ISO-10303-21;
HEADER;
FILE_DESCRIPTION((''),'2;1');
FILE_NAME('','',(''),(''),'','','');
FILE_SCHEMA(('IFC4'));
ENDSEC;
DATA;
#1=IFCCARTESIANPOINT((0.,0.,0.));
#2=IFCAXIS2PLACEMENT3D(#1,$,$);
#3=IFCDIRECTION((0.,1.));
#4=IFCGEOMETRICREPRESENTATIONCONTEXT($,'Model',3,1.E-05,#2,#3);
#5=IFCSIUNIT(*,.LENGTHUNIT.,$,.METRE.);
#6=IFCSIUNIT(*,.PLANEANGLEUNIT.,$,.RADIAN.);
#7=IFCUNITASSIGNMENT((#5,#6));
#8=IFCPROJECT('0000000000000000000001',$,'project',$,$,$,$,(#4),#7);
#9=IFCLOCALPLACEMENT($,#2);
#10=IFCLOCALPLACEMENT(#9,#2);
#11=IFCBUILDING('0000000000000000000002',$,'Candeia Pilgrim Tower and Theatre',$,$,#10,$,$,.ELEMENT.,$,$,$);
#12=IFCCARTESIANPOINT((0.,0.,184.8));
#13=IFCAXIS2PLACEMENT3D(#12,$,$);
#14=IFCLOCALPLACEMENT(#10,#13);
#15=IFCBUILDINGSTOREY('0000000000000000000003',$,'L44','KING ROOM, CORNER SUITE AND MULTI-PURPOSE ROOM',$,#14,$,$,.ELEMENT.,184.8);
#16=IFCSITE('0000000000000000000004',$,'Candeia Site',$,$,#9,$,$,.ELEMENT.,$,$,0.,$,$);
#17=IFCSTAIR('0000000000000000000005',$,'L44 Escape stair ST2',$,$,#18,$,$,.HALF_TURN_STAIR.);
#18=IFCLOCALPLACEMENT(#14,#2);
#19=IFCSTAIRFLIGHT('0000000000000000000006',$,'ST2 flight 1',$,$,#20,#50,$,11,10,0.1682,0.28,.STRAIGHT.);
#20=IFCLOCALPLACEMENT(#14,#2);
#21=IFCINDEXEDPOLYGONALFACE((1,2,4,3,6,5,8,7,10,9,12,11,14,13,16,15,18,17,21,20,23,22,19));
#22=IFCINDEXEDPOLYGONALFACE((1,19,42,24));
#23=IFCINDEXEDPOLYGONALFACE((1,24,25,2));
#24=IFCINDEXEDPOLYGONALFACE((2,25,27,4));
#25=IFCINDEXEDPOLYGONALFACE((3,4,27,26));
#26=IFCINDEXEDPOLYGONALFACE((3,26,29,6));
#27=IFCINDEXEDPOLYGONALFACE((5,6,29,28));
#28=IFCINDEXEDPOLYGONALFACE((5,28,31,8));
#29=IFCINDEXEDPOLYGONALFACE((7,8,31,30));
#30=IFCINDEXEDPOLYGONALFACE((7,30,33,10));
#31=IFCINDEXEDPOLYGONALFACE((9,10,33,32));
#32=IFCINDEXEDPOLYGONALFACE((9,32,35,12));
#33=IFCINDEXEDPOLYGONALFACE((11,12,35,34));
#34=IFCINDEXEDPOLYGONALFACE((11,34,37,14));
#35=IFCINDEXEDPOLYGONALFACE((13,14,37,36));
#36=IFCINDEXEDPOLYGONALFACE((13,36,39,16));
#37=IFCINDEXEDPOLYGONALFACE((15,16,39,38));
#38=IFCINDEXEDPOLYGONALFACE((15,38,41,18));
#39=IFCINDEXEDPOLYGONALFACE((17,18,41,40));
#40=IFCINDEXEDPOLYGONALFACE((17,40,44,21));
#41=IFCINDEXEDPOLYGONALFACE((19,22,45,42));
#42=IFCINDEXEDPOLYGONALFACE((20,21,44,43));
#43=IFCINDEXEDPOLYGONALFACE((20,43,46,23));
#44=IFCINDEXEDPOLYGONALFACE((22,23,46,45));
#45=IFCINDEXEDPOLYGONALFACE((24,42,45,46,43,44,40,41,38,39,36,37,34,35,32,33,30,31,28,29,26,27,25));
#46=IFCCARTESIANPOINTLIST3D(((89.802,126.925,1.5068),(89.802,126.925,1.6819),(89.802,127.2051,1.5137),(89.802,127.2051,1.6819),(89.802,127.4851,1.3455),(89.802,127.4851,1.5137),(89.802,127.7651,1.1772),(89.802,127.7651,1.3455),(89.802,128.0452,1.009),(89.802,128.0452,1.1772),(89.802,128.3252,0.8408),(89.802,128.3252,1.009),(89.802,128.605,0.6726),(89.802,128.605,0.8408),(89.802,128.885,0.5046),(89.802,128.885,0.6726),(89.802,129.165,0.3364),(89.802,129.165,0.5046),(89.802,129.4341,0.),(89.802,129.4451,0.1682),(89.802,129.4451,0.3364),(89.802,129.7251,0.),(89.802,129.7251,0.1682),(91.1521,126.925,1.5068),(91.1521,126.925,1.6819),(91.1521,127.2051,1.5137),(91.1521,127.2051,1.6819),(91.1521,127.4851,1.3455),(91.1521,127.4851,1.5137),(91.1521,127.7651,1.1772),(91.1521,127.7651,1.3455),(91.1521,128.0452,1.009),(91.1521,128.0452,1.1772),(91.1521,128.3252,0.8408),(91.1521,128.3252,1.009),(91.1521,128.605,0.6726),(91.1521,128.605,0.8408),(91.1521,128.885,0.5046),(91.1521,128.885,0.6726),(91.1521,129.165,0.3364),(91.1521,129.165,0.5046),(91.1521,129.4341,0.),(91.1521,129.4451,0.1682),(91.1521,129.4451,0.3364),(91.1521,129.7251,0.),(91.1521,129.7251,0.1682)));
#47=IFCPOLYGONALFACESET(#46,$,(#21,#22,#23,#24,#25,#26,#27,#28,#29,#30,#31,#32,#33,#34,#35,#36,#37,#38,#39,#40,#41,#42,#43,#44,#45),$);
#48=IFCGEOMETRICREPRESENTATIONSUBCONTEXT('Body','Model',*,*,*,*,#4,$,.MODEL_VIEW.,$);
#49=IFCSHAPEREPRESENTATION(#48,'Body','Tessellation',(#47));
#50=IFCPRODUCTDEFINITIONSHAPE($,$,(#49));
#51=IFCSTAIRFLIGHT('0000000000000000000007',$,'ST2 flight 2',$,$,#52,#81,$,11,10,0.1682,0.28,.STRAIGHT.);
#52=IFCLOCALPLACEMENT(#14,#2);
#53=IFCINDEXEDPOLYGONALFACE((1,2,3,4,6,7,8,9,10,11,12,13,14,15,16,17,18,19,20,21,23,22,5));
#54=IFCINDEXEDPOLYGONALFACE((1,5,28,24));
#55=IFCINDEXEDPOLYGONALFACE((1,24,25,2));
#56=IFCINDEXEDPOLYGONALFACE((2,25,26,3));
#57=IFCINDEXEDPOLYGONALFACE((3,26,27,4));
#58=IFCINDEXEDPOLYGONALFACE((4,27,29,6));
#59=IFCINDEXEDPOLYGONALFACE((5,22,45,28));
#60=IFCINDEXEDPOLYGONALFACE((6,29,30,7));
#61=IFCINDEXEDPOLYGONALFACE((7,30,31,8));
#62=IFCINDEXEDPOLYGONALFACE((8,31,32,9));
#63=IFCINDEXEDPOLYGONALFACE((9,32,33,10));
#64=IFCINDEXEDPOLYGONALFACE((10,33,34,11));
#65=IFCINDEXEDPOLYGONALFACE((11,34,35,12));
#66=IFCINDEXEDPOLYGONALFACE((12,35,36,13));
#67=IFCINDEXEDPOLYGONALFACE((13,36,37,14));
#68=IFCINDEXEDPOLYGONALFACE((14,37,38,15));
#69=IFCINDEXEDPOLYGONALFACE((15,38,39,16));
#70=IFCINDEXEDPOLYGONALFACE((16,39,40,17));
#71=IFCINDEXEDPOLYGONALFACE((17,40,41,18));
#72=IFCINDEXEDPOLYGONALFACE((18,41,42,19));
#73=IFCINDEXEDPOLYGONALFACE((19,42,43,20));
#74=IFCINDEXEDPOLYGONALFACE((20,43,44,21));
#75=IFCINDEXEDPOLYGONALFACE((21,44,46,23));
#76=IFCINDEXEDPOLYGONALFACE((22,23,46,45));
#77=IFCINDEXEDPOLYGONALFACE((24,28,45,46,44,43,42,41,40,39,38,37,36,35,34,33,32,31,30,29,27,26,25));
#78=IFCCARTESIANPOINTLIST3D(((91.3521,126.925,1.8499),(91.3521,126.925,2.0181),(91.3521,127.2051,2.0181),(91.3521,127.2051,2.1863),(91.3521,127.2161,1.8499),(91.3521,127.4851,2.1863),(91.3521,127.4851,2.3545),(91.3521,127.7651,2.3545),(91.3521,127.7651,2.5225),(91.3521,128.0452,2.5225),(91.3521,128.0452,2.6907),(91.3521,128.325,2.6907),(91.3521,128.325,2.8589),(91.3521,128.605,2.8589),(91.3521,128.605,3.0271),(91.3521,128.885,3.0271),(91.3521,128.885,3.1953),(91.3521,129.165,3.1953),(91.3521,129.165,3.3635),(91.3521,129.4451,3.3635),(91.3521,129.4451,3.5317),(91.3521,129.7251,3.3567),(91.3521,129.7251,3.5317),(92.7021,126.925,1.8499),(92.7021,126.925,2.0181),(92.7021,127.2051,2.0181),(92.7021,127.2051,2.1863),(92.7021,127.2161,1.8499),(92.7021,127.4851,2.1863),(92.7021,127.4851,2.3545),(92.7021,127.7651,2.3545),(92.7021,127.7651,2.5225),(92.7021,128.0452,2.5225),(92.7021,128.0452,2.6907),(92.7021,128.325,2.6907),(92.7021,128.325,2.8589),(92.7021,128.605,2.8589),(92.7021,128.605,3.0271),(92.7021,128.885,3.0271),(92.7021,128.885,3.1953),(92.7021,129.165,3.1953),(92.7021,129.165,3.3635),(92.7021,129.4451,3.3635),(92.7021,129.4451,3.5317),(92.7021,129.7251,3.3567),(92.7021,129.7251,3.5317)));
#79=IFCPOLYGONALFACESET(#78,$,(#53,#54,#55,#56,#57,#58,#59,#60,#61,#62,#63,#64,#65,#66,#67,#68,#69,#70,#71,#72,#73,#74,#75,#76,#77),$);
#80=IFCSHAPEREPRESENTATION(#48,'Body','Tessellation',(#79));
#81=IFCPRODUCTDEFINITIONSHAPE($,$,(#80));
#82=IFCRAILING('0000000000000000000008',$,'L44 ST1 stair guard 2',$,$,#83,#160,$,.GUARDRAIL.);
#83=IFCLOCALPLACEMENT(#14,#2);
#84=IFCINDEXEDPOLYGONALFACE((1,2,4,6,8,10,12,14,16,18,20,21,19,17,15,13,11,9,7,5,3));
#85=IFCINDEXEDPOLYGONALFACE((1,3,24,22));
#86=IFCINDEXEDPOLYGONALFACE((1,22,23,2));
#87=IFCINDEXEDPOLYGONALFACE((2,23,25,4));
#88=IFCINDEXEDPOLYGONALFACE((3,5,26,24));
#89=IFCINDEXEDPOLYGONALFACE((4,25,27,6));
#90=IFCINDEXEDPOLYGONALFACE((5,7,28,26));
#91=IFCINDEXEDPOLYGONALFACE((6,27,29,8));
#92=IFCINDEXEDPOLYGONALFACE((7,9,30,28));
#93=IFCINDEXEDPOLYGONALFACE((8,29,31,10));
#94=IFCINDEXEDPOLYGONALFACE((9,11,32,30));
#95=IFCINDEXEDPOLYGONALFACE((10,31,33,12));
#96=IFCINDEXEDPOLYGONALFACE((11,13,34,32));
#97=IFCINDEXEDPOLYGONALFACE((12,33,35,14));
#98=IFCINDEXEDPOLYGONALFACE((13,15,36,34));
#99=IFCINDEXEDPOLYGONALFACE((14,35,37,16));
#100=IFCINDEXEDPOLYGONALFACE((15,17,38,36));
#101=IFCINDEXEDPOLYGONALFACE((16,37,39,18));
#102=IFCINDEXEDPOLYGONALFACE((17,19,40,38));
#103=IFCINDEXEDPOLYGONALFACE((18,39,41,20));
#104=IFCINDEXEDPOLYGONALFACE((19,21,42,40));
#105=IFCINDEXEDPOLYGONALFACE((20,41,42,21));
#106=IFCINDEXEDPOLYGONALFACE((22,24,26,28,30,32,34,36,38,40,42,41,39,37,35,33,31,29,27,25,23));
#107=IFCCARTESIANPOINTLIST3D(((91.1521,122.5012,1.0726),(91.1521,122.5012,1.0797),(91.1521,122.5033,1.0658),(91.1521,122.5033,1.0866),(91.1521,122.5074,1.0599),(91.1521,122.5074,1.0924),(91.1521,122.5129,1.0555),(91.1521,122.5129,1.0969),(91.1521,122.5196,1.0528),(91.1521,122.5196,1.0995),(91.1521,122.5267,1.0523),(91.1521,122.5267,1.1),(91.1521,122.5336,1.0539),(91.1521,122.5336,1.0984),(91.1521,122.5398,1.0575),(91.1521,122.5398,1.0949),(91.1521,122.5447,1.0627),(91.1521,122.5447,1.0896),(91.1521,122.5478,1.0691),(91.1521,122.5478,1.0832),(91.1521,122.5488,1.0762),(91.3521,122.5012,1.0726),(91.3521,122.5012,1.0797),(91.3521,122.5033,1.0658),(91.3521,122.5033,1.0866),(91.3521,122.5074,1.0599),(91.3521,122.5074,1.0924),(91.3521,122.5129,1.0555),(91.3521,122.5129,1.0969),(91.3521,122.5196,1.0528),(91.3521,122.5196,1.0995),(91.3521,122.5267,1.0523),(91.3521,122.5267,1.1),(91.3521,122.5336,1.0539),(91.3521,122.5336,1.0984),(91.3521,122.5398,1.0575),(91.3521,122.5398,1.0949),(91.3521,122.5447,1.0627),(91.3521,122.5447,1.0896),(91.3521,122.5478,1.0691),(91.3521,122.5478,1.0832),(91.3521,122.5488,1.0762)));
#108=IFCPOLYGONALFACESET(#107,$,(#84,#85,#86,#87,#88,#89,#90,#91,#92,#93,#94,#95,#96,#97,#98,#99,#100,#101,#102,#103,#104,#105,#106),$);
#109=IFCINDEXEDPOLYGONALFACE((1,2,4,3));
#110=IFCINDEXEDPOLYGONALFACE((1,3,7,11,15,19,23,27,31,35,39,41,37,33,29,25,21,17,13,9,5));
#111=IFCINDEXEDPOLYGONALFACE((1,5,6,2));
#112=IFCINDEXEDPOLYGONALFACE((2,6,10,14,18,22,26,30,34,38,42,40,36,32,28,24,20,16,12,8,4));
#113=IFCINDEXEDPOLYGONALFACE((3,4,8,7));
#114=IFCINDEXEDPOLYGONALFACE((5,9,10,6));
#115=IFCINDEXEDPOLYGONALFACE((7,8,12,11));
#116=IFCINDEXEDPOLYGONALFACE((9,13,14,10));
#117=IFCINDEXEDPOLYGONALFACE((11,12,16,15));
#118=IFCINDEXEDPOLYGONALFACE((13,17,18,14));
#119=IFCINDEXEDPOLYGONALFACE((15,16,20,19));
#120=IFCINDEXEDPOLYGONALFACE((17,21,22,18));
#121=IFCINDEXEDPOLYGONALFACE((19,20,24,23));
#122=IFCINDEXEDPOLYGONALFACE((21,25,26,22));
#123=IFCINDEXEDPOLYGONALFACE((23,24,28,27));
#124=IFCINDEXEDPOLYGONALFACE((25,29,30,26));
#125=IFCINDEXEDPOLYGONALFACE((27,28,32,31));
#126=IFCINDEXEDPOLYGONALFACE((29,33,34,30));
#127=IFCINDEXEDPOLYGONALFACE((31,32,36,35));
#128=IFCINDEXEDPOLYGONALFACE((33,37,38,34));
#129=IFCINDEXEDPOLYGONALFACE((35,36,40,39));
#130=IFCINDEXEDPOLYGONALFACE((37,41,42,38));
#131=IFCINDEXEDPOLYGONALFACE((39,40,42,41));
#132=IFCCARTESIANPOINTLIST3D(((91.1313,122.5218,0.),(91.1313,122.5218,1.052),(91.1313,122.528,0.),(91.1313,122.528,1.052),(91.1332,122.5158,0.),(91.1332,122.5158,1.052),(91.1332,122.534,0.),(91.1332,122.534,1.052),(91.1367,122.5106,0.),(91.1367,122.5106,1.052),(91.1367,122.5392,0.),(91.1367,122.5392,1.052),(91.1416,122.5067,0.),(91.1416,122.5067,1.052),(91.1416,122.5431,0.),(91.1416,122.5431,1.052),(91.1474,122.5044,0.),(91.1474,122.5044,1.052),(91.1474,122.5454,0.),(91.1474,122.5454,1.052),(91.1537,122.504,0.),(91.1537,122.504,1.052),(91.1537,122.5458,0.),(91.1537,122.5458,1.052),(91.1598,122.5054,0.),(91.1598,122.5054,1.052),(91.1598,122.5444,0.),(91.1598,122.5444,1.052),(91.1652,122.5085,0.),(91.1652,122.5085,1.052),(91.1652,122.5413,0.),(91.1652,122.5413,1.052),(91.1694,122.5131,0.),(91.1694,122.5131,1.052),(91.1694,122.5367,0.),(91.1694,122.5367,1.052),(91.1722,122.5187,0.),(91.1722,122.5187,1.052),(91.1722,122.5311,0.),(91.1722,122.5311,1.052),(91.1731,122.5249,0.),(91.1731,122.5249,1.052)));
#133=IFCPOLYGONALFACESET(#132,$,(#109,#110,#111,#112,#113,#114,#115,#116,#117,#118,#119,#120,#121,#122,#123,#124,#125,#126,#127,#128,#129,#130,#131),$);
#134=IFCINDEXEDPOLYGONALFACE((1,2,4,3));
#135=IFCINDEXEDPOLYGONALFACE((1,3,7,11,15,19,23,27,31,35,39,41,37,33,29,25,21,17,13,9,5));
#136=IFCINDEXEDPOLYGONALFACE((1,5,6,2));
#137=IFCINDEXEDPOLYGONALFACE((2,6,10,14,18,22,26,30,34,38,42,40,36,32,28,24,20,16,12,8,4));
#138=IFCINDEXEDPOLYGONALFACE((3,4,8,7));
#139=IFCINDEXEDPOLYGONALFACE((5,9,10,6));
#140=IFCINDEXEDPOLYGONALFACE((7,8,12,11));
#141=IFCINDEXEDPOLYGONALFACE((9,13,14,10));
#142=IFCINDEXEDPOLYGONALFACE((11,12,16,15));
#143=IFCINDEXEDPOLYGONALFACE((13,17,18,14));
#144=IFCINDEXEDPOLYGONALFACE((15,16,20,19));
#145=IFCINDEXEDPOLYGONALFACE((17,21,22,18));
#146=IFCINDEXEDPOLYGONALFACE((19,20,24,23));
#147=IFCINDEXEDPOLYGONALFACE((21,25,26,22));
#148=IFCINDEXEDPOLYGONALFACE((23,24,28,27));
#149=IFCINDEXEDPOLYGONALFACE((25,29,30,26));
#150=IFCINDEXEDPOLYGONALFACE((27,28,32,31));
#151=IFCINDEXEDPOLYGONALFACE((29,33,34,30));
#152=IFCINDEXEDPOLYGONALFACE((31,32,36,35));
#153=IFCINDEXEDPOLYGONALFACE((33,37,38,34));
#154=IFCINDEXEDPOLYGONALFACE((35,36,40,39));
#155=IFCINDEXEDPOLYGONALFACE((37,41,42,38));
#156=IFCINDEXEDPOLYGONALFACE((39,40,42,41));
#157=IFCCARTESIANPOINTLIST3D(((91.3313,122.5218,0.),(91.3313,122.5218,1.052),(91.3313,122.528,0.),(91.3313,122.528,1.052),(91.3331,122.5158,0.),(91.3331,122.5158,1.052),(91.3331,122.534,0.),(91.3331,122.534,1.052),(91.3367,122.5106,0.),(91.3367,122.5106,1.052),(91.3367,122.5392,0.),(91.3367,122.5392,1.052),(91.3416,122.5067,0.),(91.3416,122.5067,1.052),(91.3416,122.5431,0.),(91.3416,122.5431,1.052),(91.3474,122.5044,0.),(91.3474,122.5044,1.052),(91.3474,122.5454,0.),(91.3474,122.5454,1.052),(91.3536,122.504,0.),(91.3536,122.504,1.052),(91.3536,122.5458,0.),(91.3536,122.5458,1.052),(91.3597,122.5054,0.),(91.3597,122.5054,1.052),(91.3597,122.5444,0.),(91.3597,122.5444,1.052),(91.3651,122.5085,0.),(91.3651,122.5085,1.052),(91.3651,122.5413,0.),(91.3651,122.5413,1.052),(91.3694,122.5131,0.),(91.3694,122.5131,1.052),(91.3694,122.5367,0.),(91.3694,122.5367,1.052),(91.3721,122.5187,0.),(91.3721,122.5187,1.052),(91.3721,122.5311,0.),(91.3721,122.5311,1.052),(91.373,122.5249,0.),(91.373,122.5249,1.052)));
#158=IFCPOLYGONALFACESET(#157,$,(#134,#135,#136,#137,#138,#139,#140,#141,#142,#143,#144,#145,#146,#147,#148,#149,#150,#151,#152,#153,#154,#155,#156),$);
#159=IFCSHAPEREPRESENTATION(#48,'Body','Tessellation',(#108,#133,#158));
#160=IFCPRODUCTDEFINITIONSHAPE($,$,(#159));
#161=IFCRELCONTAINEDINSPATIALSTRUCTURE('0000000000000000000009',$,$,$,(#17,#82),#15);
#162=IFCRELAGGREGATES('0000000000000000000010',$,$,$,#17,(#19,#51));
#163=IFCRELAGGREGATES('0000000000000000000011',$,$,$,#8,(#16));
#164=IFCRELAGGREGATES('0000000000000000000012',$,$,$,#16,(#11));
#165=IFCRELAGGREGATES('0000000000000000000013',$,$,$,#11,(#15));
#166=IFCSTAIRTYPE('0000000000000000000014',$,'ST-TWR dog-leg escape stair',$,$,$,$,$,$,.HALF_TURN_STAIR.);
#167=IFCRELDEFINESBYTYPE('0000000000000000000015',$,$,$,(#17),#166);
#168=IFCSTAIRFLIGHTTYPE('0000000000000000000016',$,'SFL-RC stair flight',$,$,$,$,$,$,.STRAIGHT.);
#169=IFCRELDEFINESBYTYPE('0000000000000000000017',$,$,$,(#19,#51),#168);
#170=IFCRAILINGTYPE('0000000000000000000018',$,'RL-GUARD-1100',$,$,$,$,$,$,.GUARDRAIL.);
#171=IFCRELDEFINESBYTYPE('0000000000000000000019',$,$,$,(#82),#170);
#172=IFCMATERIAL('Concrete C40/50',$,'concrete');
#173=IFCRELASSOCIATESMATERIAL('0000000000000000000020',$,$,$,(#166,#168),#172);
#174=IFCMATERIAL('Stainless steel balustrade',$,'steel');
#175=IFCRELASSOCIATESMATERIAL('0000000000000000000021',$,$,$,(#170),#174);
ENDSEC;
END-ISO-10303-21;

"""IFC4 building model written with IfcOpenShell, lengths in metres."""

from ifc_helpers import new_model, si_unit, direction, frame, origin, origin_2d, place, context, subcontext, project, spatial, polyline, circle, outline, extrude, material, type_object, element, aggregate, save


model = new_model("IFC4")

# Units and contexts
model_context = context("Model", 3, precision=1e-05, world=origin(), true_north=direction((0.0, 1.0)))
body_context = subcontext(model_context, "Body", "Model", "MODEL_VIEW")
ifc_project = project(units=[si_unit("LENGTHUNIT", "METRE"), si_unit("PLANEANGLEUNIT", "RADIAN")], contexts=[model_context])

# Site, building, storey
site_placement = place(None, origin())
site = spatial("IfcSite", under=ifc_project, at=site_placement, Name="Candeia Site", CompositionType="ELEMENT", RefElevation=0.0)
building_placement = place(site_placement, origin())
building = spatial("IfcBuilding", under=site, at=building_placement, Name="Candeia Pilgrim Tower and Theatre", CompositionType="ELEMENT")
storey_placement = place(building_placement, frame((0.0, 0.0, 184.8)))
storey = spatial("IfcBuildingStorey", under=building, at=storey_placement, Name="L44", Description="KING ROOM, CORNER SUITE AND MULTI-PURPOSE ROOM", CompositionType="ELEMENT", Elevation=184.8)

# Shared definitions
ifc_material_1 = material(Name="Concrete C40/50", Category="concrete")

# Stair, stair flights
stair_type = type_object("IfcStairType", Name="ST-TWR dog-leg escape stair", PredefinedType="HALF_TURN_STAIR", material=ifc_material_1)
stair_flight_type = type_object("IfcStairFlightType", Name="SFL-RC stair flight", PredefinedType="STRAIGHT", material=ifc_material_1)
stair_1_placement = place(storey_placement, origin())
stair_1 = element("IfcStair", 1, at=stair_1_placement, inside=storey, type_object=stair_type, Name="L44 Escape stair ST2", PredefinedType="HALF_TURN_STAIR")
stair_flight_1_placement = place(storey_placement, frame((90.4771, 129.7251, 0.0), z_axis=(0.0, 0.0, 1.0), x_axis=(0.0, -1.0, 0.0)))
stair_flight_1 = element("IfcStairFlight", 2, at=stair_flight_1_placement, type_object=stair_flight_type, Name="ST2 flight 1", NumberOfRisers=11, NumberOfTreads=10, PredefinedType="STRAIGHT", RiserHeight=0.1682, TreadLength=0.28, context=body_context, shape_type="SweptSolid", body=[
    extrude(outline(polyline([(0.0, 0.0), (0.0, 0.1682), (0.28, 0.1682), (0.28, 0.3364), (0.5601, 0.3364), (0.5601, 0.5046), (0.8401, 0.5046), (0.8401, 0.6726), (1.1201, 0.6726), (1.1201, 0.8408), (1.3999, 0.8408), (1.3999, 1.009), (1.6799, 1.009), (1.6799, 1.1772), (1.96, 1.1772), (1.96, 1.3455), (2.24, 1.3455), (2.24, 1.5137), (2.52, 1.5137), (2.52, 1.6819), (2.8, 1.6819), (2.8, 1.8501), (2.8, 1.5068), (0.291, 0.0), (0.0, 0.0)])), frame((0.0, 0.675, 0.0), z_axis=(0.0, -1.0, 0.0), x_axis=(1.0, 0.0, 0.0)), (0.0, 0.0, 1.0), 1.3501),
])
stair_flight_2_placement = place(storey_placement, frame((92.0271, 126.925, 1.8499), z_axis=(0.0, 0.0, 1.0), x_axis=(0.0, 1.0, 0.0)))
stair_flight_2 = element("IfcStairFlight", 3, at=stair_flight_2_placement, type_object=stair_flight_type, Name="ST2 flight 2", NumberOfRisers=11, NumberOfTreads=10, PredefinedType="STRAIGHT", RiserHeight=0.1682, TreadLength=0.28, context=body_context, shape_type="SweptSolid", body=[
    extrude(outline(polyline([(0.0, 0.0), (0.0, 0.1682), (0.28, 0.1682), (0.28, 0.3364), (0.5601, 0.3364), (0.5601, 0.5046), (0.8401, 0.5046), (0.8401, 0.6726), (1.1201, 0.6726), (1.1201, 0.8408), (1.3999, 0.8408), (1.3999, 1.009), (1.6799, 1.009), (1.6799, 1.1772), (1.96, 1.1772), (1.96, 1.3455), (2.24, 1.3455), (2.24, 1.5137), (2.52, 1.5137), (2.52, 1.6819), (2.8, 1.6819), (2.8, 1.8501), (2.8, 1.5068), (0.291, 0.0), (0.0, 0.0)])), frame((0.0, 0.675, 0.0), z_axis=(0.0, -1.0, 0.0), x_axis=(1.0, 0.0, 0.0)), (0.0, 0.0, 1.0), 1.3501),
])
aggregate(stair_1, [stair_flight_1, stair_flight_2])

# Railing
ifc_material_2 = material(Name="Stainless steel balustrade", Category="steel")
railing_type_1 = type_object("IfcRailingType", Name="RL-GUARD-1100", PredefinedType="GUARDRAIL", material=ifc_material_2)
railing_1_placement = place(storey_placement, frame((91.1521, 122.5249, 0.0)))
element("IfcRailing", 4, at=railing_1_placement, inside=storey, type_object=railing_type_1, Name="L44 ST1 stair guard 2", PredefinedType="GUARDRAIL", context=body_context, shape_type="SweptSolid", body=[
    extrude(circle(Radius=0.0239, at=origin_2d()), frame((0.0, 0.0, 1.0762), z_axis=(1.0, 0.0, 0.0), x_axis=(0.0, 1.0, 0.0)), (0.0, 0.0, 1.0), 0.2),
    extrude(circle(Radius=0.021, at=origin_2d()), origin(), (0.0, 0.0, 1.0), 1.052),
    extrude(circle(Radius=0.021, at=origin_2d()), frame((0.2, 0.0, 0.0)), (0.0, 0.0, 1.0), 1.052),
])

save(model, "model.ifc")
